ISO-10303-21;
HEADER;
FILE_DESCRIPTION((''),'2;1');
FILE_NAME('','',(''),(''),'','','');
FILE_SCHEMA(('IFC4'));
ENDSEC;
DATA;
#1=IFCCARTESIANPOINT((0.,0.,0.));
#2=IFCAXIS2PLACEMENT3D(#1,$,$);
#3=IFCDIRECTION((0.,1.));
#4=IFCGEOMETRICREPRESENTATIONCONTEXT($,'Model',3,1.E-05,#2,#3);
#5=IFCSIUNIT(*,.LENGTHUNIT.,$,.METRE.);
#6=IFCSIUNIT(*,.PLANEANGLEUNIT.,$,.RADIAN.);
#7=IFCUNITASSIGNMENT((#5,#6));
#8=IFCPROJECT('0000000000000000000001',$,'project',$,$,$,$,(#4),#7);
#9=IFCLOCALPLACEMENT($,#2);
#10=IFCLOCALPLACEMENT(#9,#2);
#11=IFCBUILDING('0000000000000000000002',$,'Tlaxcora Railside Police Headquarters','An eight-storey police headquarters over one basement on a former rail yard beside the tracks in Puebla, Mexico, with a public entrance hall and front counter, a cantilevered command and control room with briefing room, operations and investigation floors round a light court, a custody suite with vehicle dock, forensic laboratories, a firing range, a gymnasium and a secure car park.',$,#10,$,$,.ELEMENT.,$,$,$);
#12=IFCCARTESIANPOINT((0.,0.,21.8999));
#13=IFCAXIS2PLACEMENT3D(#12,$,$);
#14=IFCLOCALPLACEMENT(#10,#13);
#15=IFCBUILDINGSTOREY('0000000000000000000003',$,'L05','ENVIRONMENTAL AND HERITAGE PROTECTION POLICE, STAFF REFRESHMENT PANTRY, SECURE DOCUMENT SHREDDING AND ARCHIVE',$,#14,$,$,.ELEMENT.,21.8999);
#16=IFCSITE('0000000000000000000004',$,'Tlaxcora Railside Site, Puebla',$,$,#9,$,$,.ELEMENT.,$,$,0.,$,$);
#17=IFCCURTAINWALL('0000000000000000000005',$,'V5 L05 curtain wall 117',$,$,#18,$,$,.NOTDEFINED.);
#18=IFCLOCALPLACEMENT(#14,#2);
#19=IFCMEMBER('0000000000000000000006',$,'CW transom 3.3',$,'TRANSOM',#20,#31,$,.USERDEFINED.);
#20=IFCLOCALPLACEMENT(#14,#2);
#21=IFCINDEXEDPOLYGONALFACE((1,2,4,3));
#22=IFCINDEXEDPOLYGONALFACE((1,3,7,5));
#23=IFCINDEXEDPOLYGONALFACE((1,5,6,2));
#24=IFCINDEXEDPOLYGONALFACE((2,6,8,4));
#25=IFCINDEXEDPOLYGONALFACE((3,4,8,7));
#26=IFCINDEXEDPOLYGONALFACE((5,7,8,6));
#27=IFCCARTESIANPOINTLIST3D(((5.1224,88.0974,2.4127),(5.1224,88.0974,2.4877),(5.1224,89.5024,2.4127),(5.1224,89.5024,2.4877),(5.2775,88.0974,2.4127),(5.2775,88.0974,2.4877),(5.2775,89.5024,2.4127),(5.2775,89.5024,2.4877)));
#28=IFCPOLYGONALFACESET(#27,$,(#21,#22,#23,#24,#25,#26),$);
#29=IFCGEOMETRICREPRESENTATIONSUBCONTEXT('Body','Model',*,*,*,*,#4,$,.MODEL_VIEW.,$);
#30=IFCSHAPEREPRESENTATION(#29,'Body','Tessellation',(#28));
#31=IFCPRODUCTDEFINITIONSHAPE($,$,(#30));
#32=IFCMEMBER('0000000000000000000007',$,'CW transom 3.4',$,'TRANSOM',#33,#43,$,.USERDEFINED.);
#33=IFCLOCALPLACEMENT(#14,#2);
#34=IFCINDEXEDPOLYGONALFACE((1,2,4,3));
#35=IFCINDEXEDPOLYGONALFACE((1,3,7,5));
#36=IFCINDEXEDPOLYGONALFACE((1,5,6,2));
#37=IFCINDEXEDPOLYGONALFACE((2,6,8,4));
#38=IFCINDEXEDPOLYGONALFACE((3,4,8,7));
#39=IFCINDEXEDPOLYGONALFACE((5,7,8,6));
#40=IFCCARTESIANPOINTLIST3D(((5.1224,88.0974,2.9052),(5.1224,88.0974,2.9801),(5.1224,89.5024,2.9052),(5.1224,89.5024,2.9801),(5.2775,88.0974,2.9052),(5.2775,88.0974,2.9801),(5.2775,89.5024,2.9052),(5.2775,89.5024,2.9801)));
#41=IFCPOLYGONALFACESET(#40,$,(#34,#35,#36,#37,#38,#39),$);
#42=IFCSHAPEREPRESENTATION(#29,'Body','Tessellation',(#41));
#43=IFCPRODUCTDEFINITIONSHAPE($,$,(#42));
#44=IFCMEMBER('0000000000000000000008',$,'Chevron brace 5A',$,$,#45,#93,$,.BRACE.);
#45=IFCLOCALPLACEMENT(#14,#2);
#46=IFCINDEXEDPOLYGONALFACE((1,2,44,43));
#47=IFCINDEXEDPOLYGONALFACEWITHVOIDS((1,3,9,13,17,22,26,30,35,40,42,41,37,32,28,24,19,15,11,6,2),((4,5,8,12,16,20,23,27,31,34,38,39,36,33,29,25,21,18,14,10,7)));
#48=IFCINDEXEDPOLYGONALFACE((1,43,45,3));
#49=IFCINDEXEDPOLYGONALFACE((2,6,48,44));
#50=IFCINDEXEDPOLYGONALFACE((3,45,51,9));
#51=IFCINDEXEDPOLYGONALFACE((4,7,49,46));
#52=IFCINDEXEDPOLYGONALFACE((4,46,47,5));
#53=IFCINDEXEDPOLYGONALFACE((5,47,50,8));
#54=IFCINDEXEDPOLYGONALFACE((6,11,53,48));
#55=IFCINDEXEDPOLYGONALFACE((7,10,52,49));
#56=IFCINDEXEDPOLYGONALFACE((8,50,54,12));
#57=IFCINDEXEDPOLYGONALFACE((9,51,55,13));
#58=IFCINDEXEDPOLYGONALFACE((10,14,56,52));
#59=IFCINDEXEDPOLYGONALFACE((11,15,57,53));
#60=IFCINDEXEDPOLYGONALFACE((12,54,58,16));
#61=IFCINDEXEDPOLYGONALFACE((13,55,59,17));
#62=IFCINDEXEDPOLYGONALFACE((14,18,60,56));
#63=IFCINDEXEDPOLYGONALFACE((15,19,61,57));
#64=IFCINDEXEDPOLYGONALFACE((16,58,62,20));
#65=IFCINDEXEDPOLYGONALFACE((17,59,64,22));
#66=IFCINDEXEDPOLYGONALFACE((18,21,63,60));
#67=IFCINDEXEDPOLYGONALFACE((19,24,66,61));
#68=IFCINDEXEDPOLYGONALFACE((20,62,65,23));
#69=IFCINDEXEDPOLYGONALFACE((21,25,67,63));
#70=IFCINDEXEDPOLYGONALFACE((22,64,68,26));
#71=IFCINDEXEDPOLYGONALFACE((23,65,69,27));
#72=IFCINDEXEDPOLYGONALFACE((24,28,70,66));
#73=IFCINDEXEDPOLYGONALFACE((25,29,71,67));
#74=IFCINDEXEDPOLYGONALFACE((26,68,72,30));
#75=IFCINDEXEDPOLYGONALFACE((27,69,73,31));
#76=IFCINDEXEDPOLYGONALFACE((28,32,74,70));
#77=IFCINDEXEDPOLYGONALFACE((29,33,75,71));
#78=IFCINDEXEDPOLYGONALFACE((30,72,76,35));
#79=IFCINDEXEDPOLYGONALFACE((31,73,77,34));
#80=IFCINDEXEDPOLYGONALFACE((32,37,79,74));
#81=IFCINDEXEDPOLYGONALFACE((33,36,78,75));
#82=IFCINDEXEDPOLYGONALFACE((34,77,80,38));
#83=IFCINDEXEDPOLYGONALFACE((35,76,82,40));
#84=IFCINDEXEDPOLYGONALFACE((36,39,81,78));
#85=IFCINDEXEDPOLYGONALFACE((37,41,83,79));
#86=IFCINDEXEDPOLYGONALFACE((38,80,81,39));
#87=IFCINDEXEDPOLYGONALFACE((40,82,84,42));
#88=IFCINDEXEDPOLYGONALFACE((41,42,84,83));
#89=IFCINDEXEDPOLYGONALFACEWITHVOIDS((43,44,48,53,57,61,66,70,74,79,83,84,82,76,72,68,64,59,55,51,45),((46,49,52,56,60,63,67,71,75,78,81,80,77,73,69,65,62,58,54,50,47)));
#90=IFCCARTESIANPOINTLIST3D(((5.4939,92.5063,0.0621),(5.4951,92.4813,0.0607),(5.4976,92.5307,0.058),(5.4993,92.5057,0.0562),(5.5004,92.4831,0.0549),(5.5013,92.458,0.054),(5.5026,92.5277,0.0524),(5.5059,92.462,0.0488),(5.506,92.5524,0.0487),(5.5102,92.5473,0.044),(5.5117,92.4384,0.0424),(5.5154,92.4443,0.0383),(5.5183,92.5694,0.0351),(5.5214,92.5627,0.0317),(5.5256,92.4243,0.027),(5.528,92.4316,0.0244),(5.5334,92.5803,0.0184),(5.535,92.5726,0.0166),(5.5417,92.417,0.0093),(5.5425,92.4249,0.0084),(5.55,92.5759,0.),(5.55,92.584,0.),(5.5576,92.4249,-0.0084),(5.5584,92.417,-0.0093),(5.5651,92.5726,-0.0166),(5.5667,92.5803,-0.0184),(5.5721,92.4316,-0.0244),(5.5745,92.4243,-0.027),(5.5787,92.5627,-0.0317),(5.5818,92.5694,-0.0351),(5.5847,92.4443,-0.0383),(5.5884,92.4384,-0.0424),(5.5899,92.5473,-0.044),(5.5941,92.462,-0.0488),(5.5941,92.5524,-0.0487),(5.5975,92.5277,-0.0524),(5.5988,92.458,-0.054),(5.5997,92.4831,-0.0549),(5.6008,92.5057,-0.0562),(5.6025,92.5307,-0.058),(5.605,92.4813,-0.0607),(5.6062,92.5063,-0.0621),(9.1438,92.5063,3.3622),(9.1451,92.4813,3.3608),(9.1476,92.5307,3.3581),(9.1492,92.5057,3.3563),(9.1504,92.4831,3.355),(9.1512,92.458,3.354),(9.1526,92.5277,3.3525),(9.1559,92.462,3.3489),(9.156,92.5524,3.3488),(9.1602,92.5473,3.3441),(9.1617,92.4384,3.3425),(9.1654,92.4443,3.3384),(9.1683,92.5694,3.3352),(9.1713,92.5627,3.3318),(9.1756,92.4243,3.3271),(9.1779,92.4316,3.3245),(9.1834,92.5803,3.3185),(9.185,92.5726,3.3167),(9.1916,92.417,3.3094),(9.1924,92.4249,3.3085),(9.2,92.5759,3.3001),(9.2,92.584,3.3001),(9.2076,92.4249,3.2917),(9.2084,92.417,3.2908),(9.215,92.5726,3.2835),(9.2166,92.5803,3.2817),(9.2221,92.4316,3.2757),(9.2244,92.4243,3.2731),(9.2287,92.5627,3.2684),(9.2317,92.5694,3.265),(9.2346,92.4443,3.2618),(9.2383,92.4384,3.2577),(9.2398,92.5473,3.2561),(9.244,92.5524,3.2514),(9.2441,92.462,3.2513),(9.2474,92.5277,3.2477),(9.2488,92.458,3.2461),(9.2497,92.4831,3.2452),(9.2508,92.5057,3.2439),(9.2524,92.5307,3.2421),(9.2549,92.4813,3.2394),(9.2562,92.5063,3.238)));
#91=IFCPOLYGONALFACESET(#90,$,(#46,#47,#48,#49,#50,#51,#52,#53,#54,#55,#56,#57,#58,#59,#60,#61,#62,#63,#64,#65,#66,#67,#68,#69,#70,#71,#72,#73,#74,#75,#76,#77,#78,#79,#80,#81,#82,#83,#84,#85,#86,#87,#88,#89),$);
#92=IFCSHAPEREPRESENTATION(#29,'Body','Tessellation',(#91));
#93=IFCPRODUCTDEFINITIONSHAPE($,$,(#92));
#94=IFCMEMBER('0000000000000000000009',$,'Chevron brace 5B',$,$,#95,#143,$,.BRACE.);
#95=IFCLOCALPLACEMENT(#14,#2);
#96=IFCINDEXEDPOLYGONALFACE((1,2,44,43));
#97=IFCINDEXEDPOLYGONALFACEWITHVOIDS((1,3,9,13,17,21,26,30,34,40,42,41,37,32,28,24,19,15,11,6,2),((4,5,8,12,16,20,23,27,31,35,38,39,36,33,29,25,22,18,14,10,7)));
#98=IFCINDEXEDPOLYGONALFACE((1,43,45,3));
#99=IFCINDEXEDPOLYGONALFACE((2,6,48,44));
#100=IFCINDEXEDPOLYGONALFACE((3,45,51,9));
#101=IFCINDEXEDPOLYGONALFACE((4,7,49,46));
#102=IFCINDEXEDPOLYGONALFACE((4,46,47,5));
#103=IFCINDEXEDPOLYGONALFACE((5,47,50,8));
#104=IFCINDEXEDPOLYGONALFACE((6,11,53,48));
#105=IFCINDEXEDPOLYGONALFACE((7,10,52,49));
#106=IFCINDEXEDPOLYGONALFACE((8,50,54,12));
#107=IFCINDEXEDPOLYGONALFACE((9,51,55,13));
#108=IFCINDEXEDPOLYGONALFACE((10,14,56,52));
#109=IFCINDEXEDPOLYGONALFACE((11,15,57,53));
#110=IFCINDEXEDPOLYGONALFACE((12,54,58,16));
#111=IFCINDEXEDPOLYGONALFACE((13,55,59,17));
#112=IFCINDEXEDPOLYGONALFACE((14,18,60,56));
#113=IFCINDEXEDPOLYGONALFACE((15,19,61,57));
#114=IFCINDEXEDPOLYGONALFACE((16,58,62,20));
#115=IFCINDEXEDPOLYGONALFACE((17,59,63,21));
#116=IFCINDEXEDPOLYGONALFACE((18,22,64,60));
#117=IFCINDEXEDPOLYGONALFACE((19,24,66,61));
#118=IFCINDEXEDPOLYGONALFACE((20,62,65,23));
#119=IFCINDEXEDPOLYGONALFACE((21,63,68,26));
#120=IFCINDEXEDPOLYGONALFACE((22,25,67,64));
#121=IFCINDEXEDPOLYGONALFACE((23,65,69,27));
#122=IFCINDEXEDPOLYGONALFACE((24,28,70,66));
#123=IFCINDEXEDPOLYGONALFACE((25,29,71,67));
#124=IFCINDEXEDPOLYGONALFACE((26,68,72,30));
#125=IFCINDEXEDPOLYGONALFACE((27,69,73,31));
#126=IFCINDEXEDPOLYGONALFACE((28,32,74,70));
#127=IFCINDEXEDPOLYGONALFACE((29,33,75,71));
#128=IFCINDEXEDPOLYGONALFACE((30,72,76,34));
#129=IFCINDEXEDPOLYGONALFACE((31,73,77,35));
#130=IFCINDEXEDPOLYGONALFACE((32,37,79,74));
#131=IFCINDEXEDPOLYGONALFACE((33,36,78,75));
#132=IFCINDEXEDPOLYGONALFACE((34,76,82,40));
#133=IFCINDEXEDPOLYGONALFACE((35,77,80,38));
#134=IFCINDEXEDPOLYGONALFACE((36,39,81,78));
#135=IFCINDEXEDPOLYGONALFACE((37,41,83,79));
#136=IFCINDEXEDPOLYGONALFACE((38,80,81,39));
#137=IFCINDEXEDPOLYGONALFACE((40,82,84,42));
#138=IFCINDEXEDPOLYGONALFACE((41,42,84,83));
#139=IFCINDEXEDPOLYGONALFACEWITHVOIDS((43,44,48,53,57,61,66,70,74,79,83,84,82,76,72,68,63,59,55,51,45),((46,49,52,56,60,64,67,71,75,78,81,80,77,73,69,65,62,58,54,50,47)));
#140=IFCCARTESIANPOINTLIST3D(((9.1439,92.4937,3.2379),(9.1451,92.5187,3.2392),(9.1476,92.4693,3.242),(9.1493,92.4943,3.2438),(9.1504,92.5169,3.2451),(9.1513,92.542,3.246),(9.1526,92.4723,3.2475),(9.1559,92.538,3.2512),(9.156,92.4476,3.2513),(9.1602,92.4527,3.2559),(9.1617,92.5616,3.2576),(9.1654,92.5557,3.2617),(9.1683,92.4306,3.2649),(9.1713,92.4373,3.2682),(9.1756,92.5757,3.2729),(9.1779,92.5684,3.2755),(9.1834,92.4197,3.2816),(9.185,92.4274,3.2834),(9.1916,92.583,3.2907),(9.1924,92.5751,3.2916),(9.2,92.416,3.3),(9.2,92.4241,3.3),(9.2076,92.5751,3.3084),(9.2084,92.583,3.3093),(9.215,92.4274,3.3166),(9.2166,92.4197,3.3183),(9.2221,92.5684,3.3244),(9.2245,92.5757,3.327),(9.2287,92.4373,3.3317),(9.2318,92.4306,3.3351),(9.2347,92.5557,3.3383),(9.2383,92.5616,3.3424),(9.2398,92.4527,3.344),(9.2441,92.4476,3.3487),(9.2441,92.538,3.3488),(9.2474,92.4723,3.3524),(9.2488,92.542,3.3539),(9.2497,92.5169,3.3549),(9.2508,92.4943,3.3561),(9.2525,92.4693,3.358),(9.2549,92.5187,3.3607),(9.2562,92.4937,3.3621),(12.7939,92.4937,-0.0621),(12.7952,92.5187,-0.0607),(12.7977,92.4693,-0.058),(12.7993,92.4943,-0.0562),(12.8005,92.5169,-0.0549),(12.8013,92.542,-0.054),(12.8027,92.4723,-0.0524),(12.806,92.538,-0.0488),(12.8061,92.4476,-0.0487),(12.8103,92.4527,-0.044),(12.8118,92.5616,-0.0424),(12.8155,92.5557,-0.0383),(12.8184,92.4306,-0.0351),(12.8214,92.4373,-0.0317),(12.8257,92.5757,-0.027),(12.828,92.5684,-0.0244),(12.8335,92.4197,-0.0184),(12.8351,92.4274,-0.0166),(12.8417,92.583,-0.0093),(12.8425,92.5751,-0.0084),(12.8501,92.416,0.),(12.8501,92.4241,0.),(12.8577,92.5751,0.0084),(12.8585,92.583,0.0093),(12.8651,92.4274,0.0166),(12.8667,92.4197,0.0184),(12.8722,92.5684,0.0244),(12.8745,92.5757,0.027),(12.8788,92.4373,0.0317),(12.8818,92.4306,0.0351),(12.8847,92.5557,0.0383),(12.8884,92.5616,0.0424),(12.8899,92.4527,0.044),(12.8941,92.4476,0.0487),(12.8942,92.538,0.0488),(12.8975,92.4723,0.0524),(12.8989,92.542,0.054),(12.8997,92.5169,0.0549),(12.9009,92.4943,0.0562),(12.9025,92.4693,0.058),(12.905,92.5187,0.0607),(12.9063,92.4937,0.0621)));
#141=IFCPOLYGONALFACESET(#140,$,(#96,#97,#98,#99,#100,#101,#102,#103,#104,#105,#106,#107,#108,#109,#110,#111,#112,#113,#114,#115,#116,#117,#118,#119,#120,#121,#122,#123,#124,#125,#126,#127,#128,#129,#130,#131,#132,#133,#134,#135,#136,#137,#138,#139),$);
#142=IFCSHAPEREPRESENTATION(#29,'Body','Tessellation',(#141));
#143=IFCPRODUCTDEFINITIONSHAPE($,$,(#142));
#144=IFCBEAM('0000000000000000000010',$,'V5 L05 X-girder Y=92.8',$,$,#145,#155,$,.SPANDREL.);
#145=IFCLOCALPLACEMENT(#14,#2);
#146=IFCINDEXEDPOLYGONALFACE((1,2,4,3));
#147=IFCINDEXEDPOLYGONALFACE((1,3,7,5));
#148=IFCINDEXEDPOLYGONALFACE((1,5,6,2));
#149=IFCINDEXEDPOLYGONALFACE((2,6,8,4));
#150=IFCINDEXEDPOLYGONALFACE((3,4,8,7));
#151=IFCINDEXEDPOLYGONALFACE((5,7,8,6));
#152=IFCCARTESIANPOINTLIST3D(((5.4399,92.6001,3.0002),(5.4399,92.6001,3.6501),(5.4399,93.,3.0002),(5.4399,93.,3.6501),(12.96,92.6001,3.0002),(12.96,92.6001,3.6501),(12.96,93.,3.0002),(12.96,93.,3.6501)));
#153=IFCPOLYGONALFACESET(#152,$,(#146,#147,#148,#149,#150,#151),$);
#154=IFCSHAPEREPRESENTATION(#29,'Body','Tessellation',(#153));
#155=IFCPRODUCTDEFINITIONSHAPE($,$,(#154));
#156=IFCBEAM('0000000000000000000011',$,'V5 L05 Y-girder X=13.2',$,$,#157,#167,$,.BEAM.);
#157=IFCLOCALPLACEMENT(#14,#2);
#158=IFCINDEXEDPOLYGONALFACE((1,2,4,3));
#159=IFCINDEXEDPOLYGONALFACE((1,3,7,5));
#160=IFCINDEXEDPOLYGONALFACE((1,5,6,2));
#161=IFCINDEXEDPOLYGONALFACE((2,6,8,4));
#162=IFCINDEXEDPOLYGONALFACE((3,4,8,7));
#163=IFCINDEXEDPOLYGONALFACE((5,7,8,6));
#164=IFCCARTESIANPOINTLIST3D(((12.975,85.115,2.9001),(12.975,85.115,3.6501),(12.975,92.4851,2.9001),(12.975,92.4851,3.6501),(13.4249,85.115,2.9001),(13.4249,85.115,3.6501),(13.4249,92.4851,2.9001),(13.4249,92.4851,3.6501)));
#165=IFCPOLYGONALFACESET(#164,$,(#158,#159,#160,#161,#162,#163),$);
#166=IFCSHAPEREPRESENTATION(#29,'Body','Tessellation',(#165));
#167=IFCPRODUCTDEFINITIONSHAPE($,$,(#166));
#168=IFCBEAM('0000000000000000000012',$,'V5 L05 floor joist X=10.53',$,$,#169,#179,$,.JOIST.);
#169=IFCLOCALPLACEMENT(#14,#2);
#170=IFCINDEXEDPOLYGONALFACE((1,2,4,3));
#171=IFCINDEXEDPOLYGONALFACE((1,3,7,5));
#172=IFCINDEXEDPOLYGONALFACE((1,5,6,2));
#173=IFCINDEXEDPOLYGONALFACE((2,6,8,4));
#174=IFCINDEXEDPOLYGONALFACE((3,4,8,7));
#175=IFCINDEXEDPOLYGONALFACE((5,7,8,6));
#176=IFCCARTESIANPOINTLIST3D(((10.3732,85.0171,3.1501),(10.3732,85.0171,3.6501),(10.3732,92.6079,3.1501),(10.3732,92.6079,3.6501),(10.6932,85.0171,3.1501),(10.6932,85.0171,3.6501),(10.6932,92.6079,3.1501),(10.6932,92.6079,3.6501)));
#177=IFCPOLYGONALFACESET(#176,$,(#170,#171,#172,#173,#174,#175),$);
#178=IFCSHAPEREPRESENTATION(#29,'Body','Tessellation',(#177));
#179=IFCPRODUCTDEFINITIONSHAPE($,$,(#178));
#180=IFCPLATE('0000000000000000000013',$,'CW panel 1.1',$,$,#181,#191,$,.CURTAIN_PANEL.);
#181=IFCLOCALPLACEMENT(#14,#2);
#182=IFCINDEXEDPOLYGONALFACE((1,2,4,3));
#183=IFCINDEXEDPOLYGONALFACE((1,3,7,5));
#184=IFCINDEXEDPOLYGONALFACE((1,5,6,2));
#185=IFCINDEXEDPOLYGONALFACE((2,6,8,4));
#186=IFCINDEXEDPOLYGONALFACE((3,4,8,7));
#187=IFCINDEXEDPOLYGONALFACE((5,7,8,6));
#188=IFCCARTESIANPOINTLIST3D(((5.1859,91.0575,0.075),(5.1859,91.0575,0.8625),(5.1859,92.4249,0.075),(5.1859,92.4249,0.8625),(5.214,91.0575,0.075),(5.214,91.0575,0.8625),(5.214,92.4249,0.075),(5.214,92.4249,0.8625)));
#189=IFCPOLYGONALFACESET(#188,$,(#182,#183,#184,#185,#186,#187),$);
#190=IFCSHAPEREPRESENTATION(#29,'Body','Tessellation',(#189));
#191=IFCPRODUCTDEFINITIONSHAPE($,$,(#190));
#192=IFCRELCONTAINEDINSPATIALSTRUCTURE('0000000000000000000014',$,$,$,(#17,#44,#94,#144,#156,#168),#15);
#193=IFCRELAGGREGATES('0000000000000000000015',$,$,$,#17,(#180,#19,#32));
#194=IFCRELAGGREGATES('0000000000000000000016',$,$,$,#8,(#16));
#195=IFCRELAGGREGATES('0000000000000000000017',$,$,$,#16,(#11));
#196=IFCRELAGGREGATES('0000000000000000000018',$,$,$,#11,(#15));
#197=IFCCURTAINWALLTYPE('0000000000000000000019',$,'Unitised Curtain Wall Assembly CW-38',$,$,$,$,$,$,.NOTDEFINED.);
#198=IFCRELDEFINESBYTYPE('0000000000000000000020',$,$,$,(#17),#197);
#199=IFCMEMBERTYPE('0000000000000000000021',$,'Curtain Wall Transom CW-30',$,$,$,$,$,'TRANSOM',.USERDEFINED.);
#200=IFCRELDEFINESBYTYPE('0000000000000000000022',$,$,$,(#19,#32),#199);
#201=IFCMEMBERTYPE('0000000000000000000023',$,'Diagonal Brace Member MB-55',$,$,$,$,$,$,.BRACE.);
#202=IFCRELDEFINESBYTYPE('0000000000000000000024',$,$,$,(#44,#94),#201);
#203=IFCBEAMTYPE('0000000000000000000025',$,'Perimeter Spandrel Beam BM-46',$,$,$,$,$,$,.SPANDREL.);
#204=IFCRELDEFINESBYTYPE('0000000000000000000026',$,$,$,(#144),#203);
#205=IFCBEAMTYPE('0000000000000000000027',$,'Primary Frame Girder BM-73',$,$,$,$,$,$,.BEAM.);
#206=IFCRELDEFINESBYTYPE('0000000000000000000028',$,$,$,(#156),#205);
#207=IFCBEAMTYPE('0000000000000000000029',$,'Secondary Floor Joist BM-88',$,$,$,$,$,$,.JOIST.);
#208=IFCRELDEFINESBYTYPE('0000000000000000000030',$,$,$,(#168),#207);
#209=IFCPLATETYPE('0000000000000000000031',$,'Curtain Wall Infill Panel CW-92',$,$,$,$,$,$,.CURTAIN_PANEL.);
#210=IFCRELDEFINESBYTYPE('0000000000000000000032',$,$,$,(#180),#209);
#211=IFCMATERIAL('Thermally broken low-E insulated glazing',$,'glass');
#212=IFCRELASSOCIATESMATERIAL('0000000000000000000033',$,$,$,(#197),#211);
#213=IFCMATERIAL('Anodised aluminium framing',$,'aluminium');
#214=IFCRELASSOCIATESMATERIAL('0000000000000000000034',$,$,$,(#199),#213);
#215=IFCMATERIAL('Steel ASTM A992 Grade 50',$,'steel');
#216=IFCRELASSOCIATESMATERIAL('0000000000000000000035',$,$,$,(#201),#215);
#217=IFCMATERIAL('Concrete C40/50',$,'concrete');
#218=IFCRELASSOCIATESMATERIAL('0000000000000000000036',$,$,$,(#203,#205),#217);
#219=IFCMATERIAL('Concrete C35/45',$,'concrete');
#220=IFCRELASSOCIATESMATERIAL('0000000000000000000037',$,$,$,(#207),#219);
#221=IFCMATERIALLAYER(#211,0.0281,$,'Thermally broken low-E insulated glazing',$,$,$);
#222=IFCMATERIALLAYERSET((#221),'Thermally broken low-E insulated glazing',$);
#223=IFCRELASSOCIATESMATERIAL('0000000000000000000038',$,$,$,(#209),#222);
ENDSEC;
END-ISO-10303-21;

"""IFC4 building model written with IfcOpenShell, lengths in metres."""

from ifc_helpers import new_model, si_unit, direction, frame, origin, origin_2d, place, context, subcontext, project, spatial, rectangle, hollow_circle, extrude, material, layer, layer_set, material_profile, profile_set, type_object, element, aggregate, save


model = new_model("IFC4")

# Units and contexts
model_context = context("Model", 3, precision=1e-05, world=origin(), true_north=direction((0.0, 1.0)))
body_context = subcontext(model_context, "Body", "Model", "MODEL_VIEW")
ifc_project = project(units=[si_unit("LENGTHUNIT", "METRE"), si_unit("PLANEANGLEUNIT", "RADIAN")], contexts=[model_context])

# Site, building, storey
site_placement = place(None, origin())
site = spatial("IfcSite", under=ifc_project, at=site_placement, Name="Tlaxcora Railside Site, Puebla", CompositionType="ELEMENT", RefElevation=0.0)
building_placement = place(site_placement, origin())
building = spatial("IfcBuilding", under=site, at=building_placement, Name="Tlaxcora Railside Police Headquarters", Description="An eight-storey police headquarters over one basement on a former rail yard beside the tracks in Puebla, Mexico, with a public entrance hall and front counter, a cantilevered command and control room with briefing room, operations and investigation floors round a light court, a custody suite with vehicle dock, forensic laboratories, a firing range, a gymnasium and a secure car park.", CompositionType="ELEMENT")
storey_placement = place(building_placement, frame((0.0, 0.0, 21.8999)))
storey = spatial("IfcBuildingStorey", under=building, at=storey_placement, Name="L05", Description="ENVIRONMENTAL AND HERITAGE PROTECTION POLICE, STAFF REFRESHMENT PANTRY, SECURE DOCUMENT SHREDDING AND ARCHIVE", CompositionType="ELEMENT", Elevation=21.8999)

# Shared definitions
ifc_material_1 = material(Name="Concrete C40/50", Category="concrete")

# Curtain wall, members
ifc_material_2 = material(Name="Thermally broken low-E insulated glazing", Category="glass")
curtain_wall_type = type_object("IfcCurtainWallType", Name="Unitised Curtain Wall Assembly CW-38", PredefinedType="NOTDEFINED", material=ifc_material_2)
curtain_wall_placement = place(storey_placement, origin())
curtain_wall = element("IfcCurtainWall", 1, at=curtain_wall_placement, inside=storey, type_object=curtain_wall_type, Name="V5 L05 curtain wall 117", PredefinedType="NOTDEFINED")
ifc_material_3 = material(Name="Anodised aluminium framing", Category="aluminium")
ifc_material_profile_1 = material_profile(ifc_material_3, rectangle(XDim=0.155, YDim=0.075, at=origin_2d()), Name="AL75X155")
ifc_profile_set_1 = profile_set([ifc_material_profile_1], Name="Anodised aluminium framing")
member_type_1 = type_object("IfcMemberType", Name="Curtain Wall Transom CW-30", ElementType="TRANSOM", PredefinedType="USERDEFINED", material=ifc_profile_set_1)
member_1_placement = place(storey_placement, frame((5.2, 89.5024, 2.4502), z_axis=(0.0, -1.0, 0.0), x_axis=(1.0, 0.0, 0.0)))
member_1 = element("IfcMember", 2, at=member_1_placement, type_object=member_type_1, Name="CW transom 3.3", ObjectType="TRANSOM", PredefinedType="USERDEFINED", context=body_context, shape_type="SweptSolid", body=[
    extrude(rectangle(XDim=0.155, YDim=0.075, at=origin_2d()), origin(), (0.0, 0.0, 1.0), 1.405),
])
member_2_placement = place(storey_placement, frame((5.2, 89.5024, 2.9426), z_axis=(0.0, -1.0, 0.0), x_axis=(1.0, 0.0, 0.0)))
member_2 = element("IfcMember", 3, at=member_2_placement, type_object=member_type_1, Name="CW transom 3.4", ObjectType="TRANSOM", PredefinedType="USERDEFINED", context=body_context, shape_type="SweptSolid", body=[
    extrude(rectangle(XDim=0.155, YDim=0.075, at=origin_2d()), origin(), (0.0, 0.0, 1.0), 1.405),
])

# Members
ifc_material_4 = material(Name="Steel ASTM A992 Grade 50", Category="steel")
ifc_material_profile_2 = material_profile(ifc_material_4, hollow_circle(Radius=0.084, WallThickness=0.0081, at=origin_2d()), Name="CHS168X8")
ifc_profile_set_2 = profile_set([ifc_material_profile_2], Name="Steel ASTM A992 Grade 50")
member_type_2 = type_object("IfcMemberType", Name="Diagonal Brace Member MB-55", PredefinedType="BRACE", material=ifc_profile_set_2)
for number, where, z_axis, x_axis, name in (
    (4, (5.55, 92.5, 0.0), (0.741763, 0.0, 0.670663), (0.0, 1.0, 0.0), "Chevron brace 5A"),
    (5, (12.8501, 92.5, 0.0), (-0.741785, 0.0, 0.670638), (0.0, -1.0, 0.0), "Chevron brace 5B"),
):
    element("IfcMember", number, at=place(storey_placement, frame(where, z_axis=z_axis, x_axis=x_axis)), inside=storey, type_object=member_type_2, Name=name, PredefinedType="BRACE", context=body_context, shape_type="SweptSolid", body=[
        extrude(hollow_circle(Radius=0.084, WallThickness=0.0081, at=origin_2d()), origin(), (0.0, 0.0, 1.0), 4.9207),
    ])

# Beams
ifc_material_profile_3 = material_profile(ifc_material_1, rectangle(XDim=0.3999, YDim=0.6499, at=origin_2d()), Name="RC400X650")
ifc_profile_set_3 = profile_set([ifc_material_profile_3], Name="Concrete C40/50")
beam_type_1 = type_object("IfcBeamType", Name="Perimeter Spandrel Beam BM-46", PredefinedType="SPANDREL", material=ifc_profile_set_3)
beam_1_placement = place(storey_placement, frame((5.4399, 92.8, 3.3252), z_axis=(1.0, 0.0, 0.0), x_axis=(0.0, 1.0, 0.0)))
element("IfcBeam", 6, at=beam_1_placement, inside=storey, type_object=beam_type_1, Name="V5 L05 X-girder Y=92.8", PredefinedType="SPANDREL", context=body_context, shape_type="SweptSolid", body=[
    extrude(rectangle(XDim=0.3999, YDim=0.6499, at=origin_2d()), origin(), (0.0, 0.0, 1.0), 7.52),
])
ifc_material_profile_4 = material_profile(ifc_material_1, rectangle(XDim=0.45, YDim=0.75, at=origin_2d()), Name="RC450X750")
ifc_profile_set_4 = profile_set([ifc_material_profile_4], Name="Concrete C40/50")
beam_type_2 = type_object("IfcBeamType", Name="Primary Frame Girder BM-73", PredefinedType="BEAM", material=ifc_profile_set_4)
beam_2_placement = place(storey_placement, frame((13.2, 85.115, 3.2751), z_axis=(0.0, 1.0, 0.0), x_axis=(-1.0, 0.0, 0.0)))
element("IfcBeam", 7, at=beam_2_placement, inside=storey, type_object=beam_type_2, Name="V5 L05 Y-girder X=13.2", PredefinedType="BEAM", context=body_context, shape_type="SweptSolid", body=[
    extrude(rectangle(XDim=0.45, YDim=0.75, at=origin_2d()), origin(), (0.0, 0.0, 1.0), 7.3701),
])
ifc_material_5 = material(Name="Concrete C35/45", Category="concrete")
ifc_material_profile_5 = material_profile(ifc_material_5, rectangle(XDim=0.3201, YDim=0.5, at=origin_2d()), Name="RC320X500")
ifc_profile_set_5 = profile_set([ifc_material_profile_5], Name="Concrete C35/45")
beam_type_3 = type_object("IfcBeamType", Name="Secondary Floor Joist BM-88", PredefinedType="JOIST", material=ifc_profile_set_5)
beam_3_placement = place(storey_placement, frame((10.5332, 85.0171, 3.4001), z_axis=(0.0, 1.0, 0.0), x_axis=(-1.0, 0.0, 0.0)))
element("IfcBeam", 8, at=beam_3_placement, inside=storey, type_object=beam_type_3, Name="V5 L05 floor joist X=10.53", PredefinedType="JOIST", context=body_context, shape_type="SweptSolid", body=[
    extrude(rectangle(XDim=0.3201, YDim=0.5, at=origin_2d()), origin(), (0.0, 0.0, 1.0), 7.5908),
])

# Plate
ifc_layer_1 = layer(ifc_material_2, 0.0281, Name="Thermally broken low-E insulated glazing")
ifc_layer_set_1 = layer_set([ifc_layer_1], Name="Thermally broken low-E insulated glazing")
plate_type_1 = type_object("IfcPlateType", Name="Curtain Wall Infill Panel CW-92", PredefinedType="CURTAIN_PANEL", material=ifc_layer_set_1)
plate_1_placement = place(storey_placement, frame((5.2, 91.7412, 0.075), z_axis=(0.0, 0.0, 1.0), x_axis=(0.0, -1.0, 0.0)))
plate_1 = element("IfcPlate", 9, at=plate_1_placement, type_object=plate_type_1, Name="CW panel 1.1", PredefinedType="CURTAIN_PANEL", context=body_context, shape_type="SweptSolid", body=[
    extrude(rectangle(XDim=1.3674, YDim=0.0281, at=origin_2d()), origin(), (0.0, 0.0, 1.0), 0.7876),
])
aggregate(curtain_wall, [plate_1, member_1, member_2])

save(model, "model.ifc")
